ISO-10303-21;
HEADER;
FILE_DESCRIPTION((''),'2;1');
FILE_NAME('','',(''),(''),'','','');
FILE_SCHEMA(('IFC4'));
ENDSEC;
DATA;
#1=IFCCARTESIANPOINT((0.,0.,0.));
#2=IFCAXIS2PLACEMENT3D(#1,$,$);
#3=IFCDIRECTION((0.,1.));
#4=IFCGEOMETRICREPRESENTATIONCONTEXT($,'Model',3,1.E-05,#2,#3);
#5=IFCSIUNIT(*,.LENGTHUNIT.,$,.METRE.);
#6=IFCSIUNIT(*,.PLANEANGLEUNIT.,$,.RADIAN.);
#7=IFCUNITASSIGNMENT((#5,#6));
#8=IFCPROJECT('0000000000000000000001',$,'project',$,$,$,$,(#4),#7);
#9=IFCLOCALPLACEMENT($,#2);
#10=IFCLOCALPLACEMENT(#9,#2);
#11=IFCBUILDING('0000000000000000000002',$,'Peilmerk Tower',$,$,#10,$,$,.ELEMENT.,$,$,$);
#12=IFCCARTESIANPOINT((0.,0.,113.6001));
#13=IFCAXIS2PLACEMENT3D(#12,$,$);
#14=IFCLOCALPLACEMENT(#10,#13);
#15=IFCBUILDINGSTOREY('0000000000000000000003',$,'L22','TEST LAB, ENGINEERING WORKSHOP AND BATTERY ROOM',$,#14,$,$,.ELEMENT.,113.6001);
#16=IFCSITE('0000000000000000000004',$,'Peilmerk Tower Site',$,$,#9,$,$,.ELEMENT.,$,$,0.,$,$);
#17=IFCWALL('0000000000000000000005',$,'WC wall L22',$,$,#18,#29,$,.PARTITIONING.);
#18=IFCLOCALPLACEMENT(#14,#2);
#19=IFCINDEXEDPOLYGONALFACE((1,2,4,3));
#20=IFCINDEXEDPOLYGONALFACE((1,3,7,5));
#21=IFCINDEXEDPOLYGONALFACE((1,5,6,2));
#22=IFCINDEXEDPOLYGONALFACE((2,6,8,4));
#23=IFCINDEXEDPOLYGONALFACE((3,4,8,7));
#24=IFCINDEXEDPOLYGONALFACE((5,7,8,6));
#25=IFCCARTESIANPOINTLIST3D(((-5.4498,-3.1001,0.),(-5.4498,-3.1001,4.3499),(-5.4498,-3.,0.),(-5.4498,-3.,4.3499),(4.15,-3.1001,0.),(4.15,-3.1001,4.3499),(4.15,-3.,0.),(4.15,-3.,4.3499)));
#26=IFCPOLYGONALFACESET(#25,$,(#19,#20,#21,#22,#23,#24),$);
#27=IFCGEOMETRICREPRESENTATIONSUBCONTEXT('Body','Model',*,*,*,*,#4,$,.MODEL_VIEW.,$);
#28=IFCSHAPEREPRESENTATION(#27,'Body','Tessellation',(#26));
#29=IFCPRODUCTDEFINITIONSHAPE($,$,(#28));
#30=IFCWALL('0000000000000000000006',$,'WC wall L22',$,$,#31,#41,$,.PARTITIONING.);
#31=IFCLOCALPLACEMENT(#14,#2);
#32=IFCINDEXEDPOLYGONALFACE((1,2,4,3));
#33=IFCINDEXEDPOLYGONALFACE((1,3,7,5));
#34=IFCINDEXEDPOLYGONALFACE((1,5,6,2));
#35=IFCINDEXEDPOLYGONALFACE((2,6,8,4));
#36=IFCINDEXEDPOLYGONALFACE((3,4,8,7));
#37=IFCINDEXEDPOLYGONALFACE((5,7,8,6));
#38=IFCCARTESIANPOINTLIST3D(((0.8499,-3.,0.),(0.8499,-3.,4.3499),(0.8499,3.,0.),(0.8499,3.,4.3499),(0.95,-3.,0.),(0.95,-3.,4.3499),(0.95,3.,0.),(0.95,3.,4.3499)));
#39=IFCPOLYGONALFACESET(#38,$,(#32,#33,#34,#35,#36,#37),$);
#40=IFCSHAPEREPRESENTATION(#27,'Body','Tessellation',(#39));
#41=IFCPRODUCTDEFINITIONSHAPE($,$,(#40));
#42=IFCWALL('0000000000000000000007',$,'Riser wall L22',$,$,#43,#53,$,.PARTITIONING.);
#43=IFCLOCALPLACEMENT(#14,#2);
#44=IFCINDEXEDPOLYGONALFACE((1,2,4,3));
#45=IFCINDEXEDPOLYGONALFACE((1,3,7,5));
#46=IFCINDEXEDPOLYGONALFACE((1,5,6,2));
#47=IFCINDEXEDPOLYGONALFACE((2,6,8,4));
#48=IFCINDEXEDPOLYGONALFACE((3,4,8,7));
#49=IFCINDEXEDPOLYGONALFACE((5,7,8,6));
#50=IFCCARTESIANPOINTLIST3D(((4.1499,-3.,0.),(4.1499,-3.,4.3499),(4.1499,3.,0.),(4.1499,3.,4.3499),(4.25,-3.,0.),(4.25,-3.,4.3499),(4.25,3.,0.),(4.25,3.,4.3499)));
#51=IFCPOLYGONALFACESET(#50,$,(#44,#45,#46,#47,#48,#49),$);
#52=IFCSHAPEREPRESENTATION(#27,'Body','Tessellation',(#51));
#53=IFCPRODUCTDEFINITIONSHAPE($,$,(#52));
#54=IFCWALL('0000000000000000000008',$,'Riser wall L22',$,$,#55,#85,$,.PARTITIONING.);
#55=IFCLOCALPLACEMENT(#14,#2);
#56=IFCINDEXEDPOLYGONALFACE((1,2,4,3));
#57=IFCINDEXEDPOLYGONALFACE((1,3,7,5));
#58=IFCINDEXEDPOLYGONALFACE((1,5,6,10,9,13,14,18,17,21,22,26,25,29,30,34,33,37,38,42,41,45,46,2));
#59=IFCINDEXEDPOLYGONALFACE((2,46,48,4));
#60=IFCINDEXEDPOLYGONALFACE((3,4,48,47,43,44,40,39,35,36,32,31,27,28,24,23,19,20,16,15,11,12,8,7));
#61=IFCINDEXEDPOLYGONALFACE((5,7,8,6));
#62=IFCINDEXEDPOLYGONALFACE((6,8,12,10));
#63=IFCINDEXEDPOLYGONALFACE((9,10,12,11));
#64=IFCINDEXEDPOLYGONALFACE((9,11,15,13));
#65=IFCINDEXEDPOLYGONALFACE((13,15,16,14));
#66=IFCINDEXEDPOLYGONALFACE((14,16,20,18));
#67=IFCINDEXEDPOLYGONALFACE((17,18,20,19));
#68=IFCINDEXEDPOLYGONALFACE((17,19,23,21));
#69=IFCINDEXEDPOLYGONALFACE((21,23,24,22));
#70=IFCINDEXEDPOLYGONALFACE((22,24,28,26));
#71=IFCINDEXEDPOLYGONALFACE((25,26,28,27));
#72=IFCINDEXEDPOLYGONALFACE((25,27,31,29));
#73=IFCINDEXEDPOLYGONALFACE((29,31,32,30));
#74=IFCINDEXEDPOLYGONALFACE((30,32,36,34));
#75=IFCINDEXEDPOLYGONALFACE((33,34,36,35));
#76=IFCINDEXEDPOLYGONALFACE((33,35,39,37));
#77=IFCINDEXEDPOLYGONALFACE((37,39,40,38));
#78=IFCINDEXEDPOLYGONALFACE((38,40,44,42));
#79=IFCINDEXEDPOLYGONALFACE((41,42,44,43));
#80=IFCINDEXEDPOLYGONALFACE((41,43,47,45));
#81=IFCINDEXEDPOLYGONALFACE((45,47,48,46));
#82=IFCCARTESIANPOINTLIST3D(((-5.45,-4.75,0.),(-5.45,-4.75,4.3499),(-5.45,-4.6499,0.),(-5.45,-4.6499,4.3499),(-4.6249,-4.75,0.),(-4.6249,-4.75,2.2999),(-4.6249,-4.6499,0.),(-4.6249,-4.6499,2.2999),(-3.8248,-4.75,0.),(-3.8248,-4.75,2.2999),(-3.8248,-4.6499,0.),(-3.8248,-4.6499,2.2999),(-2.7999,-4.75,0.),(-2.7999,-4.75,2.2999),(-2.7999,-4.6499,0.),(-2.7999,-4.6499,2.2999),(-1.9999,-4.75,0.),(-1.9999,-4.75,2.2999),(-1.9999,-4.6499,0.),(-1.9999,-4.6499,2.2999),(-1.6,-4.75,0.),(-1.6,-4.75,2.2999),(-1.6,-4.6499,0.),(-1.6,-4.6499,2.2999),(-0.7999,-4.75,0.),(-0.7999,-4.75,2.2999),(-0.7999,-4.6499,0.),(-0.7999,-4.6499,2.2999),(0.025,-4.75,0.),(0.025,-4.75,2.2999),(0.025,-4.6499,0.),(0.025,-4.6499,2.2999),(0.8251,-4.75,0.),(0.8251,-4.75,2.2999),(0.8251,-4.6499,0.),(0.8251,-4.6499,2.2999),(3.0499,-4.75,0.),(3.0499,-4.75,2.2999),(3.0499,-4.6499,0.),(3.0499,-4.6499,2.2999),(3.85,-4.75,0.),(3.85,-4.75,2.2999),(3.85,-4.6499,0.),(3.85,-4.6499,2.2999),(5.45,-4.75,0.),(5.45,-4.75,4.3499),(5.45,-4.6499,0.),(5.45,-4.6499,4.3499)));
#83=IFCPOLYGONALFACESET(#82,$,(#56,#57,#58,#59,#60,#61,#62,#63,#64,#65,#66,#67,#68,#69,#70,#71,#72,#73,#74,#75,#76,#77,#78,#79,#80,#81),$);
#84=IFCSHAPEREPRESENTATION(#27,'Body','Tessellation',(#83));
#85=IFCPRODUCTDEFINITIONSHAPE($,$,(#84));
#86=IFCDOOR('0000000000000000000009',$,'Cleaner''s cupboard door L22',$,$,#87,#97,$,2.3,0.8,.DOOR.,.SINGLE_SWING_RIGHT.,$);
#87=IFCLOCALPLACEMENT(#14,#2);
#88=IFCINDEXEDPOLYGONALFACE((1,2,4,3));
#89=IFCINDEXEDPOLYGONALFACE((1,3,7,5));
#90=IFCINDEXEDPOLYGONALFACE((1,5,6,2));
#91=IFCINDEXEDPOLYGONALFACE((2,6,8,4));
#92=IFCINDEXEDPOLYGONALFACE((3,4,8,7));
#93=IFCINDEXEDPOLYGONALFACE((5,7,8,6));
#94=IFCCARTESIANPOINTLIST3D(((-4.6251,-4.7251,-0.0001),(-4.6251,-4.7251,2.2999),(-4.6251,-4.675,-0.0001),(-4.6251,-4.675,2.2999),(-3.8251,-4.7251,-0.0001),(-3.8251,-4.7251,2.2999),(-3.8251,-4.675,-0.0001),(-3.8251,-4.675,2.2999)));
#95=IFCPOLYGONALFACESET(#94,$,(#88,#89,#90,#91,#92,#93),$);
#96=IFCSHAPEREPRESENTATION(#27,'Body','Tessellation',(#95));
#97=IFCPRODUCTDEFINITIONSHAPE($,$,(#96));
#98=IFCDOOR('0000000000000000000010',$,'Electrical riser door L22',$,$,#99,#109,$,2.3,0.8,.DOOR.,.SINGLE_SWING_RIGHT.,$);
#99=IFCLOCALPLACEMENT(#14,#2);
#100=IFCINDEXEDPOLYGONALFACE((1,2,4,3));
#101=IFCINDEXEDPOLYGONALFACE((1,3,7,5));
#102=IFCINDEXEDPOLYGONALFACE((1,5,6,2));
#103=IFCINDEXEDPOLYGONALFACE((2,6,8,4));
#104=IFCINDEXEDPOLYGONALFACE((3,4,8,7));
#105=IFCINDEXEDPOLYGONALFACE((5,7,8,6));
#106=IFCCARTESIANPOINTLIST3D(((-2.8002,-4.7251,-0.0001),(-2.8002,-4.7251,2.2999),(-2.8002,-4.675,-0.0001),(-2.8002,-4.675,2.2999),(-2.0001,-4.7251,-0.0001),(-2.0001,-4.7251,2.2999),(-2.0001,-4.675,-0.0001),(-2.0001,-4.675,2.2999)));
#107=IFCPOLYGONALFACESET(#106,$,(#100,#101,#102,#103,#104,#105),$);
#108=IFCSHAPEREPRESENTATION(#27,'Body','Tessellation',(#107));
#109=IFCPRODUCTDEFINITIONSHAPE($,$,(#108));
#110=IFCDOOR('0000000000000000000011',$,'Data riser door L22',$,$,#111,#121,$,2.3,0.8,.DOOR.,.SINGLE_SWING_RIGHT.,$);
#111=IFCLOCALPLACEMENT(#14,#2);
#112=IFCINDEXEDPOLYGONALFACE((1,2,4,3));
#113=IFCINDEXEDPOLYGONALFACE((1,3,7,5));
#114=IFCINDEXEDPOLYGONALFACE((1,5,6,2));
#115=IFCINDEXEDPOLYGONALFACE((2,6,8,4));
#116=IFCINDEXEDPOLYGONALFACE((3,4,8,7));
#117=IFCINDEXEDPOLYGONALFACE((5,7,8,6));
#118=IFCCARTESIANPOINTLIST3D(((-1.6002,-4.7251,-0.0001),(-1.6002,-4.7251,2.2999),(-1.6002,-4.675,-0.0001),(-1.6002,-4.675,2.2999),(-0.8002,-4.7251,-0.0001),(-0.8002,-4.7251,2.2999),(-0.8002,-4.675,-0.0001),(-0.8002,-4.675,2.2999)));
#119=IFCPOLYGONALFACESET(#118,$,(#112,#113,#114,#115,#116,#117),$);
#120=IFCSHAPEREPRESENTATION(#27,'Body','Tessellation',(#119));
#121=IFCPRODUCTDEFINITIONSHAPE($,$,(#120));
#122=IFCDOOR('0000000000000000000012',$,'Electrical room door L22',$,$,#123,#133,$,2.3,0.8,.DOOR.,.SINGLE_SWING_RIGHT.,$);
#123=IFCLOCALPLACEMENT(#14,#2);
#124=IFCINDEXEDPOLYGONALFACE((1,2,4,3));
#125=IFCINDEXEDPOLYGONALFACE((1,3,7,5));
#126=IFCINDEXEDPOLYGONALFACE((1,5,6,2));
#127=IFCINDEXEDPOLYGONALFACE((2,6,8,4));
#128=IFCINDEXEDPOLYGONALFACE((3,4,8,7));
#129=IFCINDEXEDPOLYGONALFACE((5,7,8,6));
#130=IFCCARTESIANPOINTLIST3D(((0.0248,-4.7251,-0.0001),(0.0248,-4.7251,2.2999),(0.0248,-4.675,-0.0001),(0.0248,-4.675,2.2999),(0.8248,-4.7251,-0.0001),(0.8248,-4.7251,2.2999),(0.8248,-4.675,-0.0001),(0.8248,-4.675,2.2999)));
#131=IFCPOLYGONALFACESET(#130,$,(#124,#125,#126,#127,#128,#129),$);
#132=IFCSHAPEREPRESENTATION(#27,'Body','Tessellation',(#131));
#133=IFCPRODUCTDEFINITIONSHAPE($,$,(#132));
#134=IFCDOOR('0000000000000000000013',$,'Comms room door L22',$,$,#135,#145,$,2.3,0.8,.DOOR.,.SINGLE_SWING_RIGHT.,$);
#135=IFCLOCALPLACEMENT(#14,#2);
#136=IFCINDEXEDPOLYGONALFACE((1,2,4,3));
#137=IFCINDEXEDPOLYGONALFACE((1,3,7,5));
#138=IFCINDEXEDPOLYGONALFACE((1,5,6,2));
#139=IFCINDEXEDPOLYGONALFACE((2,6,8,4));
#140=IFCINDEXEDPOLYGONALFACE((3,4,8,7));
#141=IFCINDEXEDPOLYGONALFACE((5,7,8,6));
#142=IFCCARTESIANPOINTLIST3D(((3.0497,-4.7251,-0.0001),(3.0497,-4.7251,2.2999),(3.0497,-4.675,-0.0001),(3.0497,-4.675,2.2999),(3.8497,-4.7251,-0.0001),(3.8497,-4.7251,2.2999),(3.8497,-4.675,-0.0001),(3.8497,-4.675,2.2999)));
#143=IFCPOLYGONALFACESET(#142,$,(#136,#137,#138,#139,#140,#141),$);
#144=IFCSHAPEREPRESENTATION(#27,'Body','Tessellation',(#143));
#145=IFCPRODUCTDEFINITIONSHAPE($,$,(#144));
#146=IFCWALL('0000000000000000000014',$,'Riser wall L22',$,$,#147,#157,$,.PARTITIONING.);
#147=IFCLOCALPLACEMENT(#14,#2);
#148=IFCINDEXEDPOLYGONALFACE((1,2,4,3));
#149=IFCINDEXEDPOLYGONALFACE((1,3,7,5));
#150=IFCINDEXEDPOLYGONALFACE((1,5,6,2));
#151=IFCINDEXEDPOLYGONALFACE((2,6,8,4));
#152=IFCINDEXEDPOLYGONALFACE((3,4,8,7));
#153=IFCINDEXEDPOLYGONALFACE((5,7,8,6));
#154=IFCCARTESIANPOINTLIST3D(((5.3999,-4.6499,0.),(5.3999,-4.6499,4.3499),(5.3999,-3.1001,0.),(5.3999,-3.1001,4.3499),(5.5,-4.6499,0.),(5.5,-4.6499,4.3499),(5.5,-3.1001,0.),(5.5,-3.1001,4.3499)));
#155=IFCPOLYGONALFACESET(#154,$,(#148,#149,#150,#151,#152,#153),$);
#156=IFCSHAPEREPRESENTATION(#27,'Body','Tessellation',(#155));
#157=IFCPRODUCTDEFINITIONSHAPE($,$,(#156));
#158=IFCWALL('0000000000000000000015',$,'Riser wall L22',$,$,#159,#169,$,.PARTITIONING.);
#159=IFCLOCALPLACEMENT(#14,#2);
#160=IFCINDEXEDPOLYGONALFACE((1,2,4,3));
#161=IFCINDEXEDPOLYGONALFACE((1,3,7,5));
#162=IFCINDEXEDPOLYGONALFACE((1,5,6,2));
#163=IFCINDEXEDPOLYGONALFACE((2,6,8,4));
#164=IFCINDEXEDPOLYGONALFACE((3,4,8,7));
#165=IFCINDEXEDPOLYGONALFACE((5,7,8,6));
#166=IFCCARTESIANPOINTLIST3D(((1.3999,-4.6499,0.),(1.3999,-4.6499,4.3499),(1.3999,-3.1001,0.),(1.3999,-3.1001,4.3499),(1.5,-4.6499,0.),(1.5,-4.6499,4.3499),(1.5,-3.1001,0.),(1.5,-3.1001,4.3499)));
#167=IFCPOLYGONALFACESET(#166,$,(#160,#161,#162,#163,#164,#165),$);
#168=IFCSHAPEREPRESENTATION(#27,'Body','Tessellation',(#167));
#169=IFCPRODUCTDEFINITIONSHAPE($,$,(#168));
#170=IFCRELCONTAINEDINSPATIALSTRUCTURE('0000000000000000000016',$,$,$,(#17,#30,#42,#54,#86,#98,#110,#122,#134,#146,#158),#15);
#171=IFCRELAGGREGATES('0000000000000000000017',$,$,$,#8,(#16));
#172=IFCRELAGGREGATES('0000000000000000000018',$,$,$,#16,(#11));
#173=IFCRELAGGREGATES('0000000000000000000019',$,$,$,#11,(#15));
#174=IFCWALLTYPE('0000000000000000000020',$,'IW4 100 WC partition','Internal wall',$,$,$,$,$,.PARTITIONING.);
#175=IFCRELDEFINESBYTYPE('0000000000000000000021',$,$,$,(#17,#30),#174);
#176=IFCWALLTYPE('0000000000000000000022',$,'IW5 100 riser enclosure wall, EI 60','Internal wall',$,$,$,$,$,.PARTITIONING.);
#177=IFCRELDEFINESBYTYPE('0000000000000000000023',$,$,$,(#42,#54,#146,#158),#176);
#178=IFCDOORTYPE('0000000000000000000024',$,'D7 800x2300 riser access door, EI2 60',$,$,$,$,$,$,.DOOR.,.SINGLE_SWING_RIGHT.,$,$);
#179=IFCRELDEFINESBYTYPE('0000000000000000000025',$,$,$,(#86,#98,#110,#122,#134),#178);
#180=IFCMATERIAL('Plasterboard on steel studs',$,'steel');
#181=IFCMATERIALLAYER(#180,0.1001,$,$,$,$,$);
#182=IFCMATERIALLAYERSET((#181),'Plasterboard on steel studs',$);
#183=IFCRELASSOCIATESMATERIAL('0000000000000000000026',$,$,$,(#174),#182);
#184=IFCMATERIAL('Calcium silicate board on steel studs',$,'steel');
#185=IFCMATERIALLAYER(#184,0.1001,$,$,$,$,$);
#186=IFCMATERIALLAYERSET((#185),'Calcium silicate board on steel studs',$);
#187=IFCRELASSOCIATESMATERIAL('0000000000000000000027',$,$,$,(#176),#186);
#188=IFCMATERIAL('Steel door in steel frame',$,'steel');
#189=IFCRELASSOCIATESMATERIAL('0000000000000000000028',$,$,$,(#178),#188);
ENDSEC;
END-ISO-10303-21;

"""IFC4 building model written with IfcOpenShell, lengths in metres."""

from ifc_helpers import new_model, si_unit, direction, frame, frame_2d, origin, place, context, subcontext, project, spatial, rectangle, extrude, material, layer, layer_set, type_object, element, fill, save


model = new_model("IFC4")

# Units and contexts
model_context = context("Model", 3, precision=1e-05, world=origin(), true_north=direction((0.0, 1.0)))
body_context = subcontext(model_context, "Body", "Model", "MODEL_VIEW")
ifc_project = project(units=[si_unit("LENGTHUNIT", "METRE"), si_unit("PLANEANGLEUNIT", "RADIAN")], contexts=[model_context])

# Site, building, storey
site_placement = place(None, origin())
site = spatial("IfcSite", under=ifc_project, at=site_placement, Name="Peilmerk Tower Site", CompositionType="ELEMENT", RefElevation=0.0)
building_placement = place(site_placement, origin())
building = spatial("IfcBuilding", under=site, at=building_placement, Name="Peilmerk Tower", CompositionType="ELEMENT")
storey_placement = place(building_placement, frame((0.0, 0.0, 113.6001)))
storey = spatial("IfcBuildingStorey", under=building, at=storey_placement, Name="L22", Description="TEST LAB, ENGINEERING WORKSHOP AND BATTERY ROOM", CompositionType="ELEMENT", Elevation=113.6001)

# Walls
ifc_material_1 = material(Name="Plasterboard on steel studs", Category="steel")
ifc_layer_1 = layer(ifc_material_1, 0.1001)
ifc_layer_set_1 = layer_set([ifc_layer_1], Name="Plasterboard on steel studs")
wall_type_1 = type_object("IfcWallType", Name="IW4 100 WC partition", Description="Internal wall", PredefinedType="PARTITIONING", material=ifc_layer_set_1)
wall_1_placement = place(storey_placement, frame((4.1499, -3.05, 0.0), z_axis=(0.0, 0.0, 1.0), x_axis=(-1.0, 0.0, 0.0)))
element("IfcWall", 1, at=wall_1_placement, inside=storey, type_object=wall_type_1, Name="WC wall L22", PredefinedType="PARTITIONING", context=body_context, shape_type="SweptSolid", body=[
    extrude(rectangle(XDim=9.5999, YDim=0.1001, at=frame_2d((4.7998, 0.0))), origin(), (0.0, 0.0, 1.0), 4.3499),
])
wall_2_placement = place(storey_placement, frame((0.8999, -3.0, 0.0), z_axis=(0.0, 0.0, 1.0), x_axis=(0.0, 1.0, 0.0)))
element("IfcWall", 2, at=wall_2_placement, inside=storey, type_object=wall_type_1, Name="WC wall L22", PredefinedType="PARTITIONING", context=body_context, shape_type="SweptSolid", body=[
    extrude(rectangle(XDim=6.0, YDim=0.1001, at=frame_2d((3.0, 0.0))), origin(), (0.0, 0.0, 1.0), 4.3499),
])
ifc_material_2 = material(Name="Calcium silicate board on steel studs", Category="steel")
ifc_layer_2 = layer(ifc_material_2, 0.1001)
ifc_layer_set_2 = layer_set([ifc_layer_2], Name="Calcium silicate board on steel studs")
wall_type_2 = type_object("IfcWallType", Name="IW5 100 riser enclosure wall, EI 60", Description="Internal wall", PredefinedType="PARTITIONING", material=ifc_layer_set_2)
wall_3_placement = place(storey_placement, frame((4.2, -3.0, 0.0), z_axis=(0.0, 0.0, 1.0), x_axis=(0.0, 1.0, 0.0)))
element("IfcWall", 3, at=wall_3_placement, inside=storey, type_object=wall_type_2, Name="Riser wall L22", PredefinedType="PARTITIONING", context=body_context, shape_type="SweptSolid", body=[
    extrude(rectangle(XDim=6.0, YDim=0.1001, at=frame_2d((3.0, 0.0))), origin(), (0.0, 0.0, 1.0), 4.3499),
])

# Wall, openings, doors
wall_4_placement = place(storey_placement, frame((5.45, -4.7, 0.0), z_axis=(0.0, 0.0, 1.0), x_axis=(-1.0, 0.0, 0.0)))
wall_4 = element("IfcWall", 4, at=wall_4_placement, inside=storey, type_object=wall_type_2, Name="Riser wall L22", PredefinedType="PARTITIONING", context=body_context, shape_type="SweptSolid", body=[
    extrude(rectangle(XDim=10.8999, YDim=0.1001, at=frame_2d((5.45, 0.0))), origin(), (0.0, 0.0, 1.0), 4.3499),
])
opening_1_placement = place(wall_4_placement, frame((9.2749, 0.0, 0.0)))
opening_1 = element("IfcOpeningElement", 5, at=opening_1_placement, cuts=wall_4, PredefinedType="OPENING", context=body_context, shape_type="SweptSolid", body=[
    extrude(rectangle(XDim=0.8, YDim=2.3, at=frame_2d((0.3999, 1.1499))), frame((0.0, 0.0601, 0.0), z_axis=(0.0, -1.0, 0.0), x_axis=(1.0, 0.0, 0.0)), (0.0, 0.0, 1.0), 0.1201),
])
opening_2_placement = place(wall_4_placement, frame((7.45, 0.0, 0.0)))
opening_2 = element("IfcOpeningElement", 6, at=opening_2_placement, cuts=wall_4, PredefinedType="OPENING", context=body_context, shape_type="SweptSolid", body=[
    extrude(rectangle(XDim=0.8, YDim=2.3, at=frame_2d((0.3999, 1.1499))), frame((0.0, 0.0601, 0.0), z_axis=(0.0, -1.0, 0.0), x_axis=(1.0, 0.0, 0.0)), (0.0, 0.0, 1.0), 0.1201),
])
opening_3_placement = place(wall_4_placement, frame((6.25, 0.0, 0.0)))
opening_3 = element("IfcOpeningElement", 7, at=opening_3_placement, cuts=wall_4, PredefinedType="OPENING", context=body_context, shape_type="SweptSolid", body=[
    extrude(rectangle(XDim=0.8, YDim=2.3, at=frame_2d((0.3999, 1.1499))), frame((0.0, 0.0601, 0.0), z_axis=(0.0, -1.0, 0.0), x_axis=(1.0, 0.0, 0.0)), (0.0, 0.0, 1.0), 0.1201),
])
opening_4_placement = place(wall_4_placement, frame((4.625, 0.0, 0.0)))
opening_4 = element("IfcOpeningElement", 8, at=opening_4_placement, cuts=wall_4, PredefinedType="OPENING", context=body_context, shape_type="SweptSolid", body=[
    extrude(rectangle(XDim=0.8, YDim=2.3, at=frame_2d((0.3999, 1.1499))), frame((0.0, 0.0601, 0.0), z_axis=(0.0, -1.0, 0.0), x_axis=(1.0, 0.0, 0.0)), (0.0, 0.0, 1.0), 0.1201),
])
opening_5_placement = place(wall_4_placement, frame((1.6001, 0.0, 0.0)))
opening_5 = element("IfcOpeningElement", 9, at=opening_5_placement, cuts=wall_4, PredefinedType="OPENING", context=body_context, shape_type="SweptSolid", body=[
    extrude(rectangle(XDim=0.8, YDim=2.3, at=frame_2d((0.3999, 1.1499))), frame((0.0, 0.0601, 0.0), z_axis=(0.0, -1.0, 0.0), x_axis=(1.0, 0.0, 0.0)), (0.0, 0.0, 1.0), 0.1201),
])
ifc_material_3 = material(Name="Steel door in steel frame", Category="steel")
door_type_1 = type_object("IfcDoorType", Name="D7 800x2300 riser access door, EI2 60", OperationType="SINGLE_SWING_RIGHT", PredefinedType="DOOR", material=ifc_material_3)
door_1_placement = place(opening_1_placement, frame((0.8, 0.0, 0.0), z_axis=(0.0, 0.0, 1.0), x_axis=(-1.0, 0.0, 0.0)))
door_1 = element("IfcDoor", 10, at=door_1_placement, inside=storey, type_object=door_type_1, Name="Cleaner's cupboard door L22", OperationType="SINGLE_SWING_RIGHT", OverallHeight=2.3, OverallWidth=0.8, PredefinedType="DOOR", context=body_context, shape_type="SweptSolid", body=[
    extrude(rectangle(XDim=0.8, YDim=2.3, at=frame_2d((0.3999, 1.1499))), frame((0.0, 0.0249, 0.0), z_axis=(0.0, -1.0, 0.0), x_axis=(1.0, 0.0, 0.0)), (0.0, 0.0, 1.0), 0.05),
])
fill(opening_1, door_1)
door_2_placement = place(opening_2_placement, frame((0.8, 0.0, 0.0), z_axis=(0.0, 0.0, 1.0), x_axis=(-1.0, 0.0, 0.0)))
door_2 = element("IfcDoor", 11, at=door_2_placement, inside=storey, type_object=door_type_1, Name="Electrical riser door L22", OperationType="SINGLE_SWING_RIGHT", OverallHeight=2.3, OverallWidth=0.8, PredefinedType="DOOR", context=body_context, shape_type="SweptSolid", body=[
    extrude(rectangle(XDim=0.8, YDim=2.3, at=frame_2d((0.3999, 1.1499))), frame((0.0, 0.0249, 0.0), z_axis=(0.0, -1.0, 0.0), x_axis=(1.0, 0.0, 0.0)), (0.0, 0.0, 1.0), 0.05),
])
fill(opening_2, door_2)
door_3_placement = place(opening_3_placement, frame((0.8, 0.0, 0.0), z_axis=(0.0, 0.0, 1.0), x_axis=(-1.0, 0.0, 0.0)))
door_3 = element("IfcDoor", 12, at=door_3_placement, inside=storey, type_object=door_type_1, Name="Data riser door L22", OperationType="SINGLE_SWING_RIGHT", OverallHeight=2.3, OverallWidth=0.8, PredefinedType="DOOR", context=body_context, shape_type="SweptSolid", body=[
    extrude(rectangle(XDim=0.8, YDim=2.3, at=frame_2d((0.3999, 1.1499))), frame((0.0, 0.0249, 0.0), z_axis=(0.0, -1.0, 0.0), x_axis=(1.0, 0.0, 0.0)), (0.0, 0.0, 1.0), 0.05),
])
fill(opening_3, door_3)
door_4_placement = place(opening_4_placement, frame((0.8, 0.0, 0.0), z_axis=(0.0, 0.0, 1.0), x_axis=(-1.0, 0.0, 0.0)))
door_4 = element("IfcDoor", 13, at=door_4_placement, inside=storey, type_object=door_type_1, Name="Electrical room door L22", OperationType="SINGLE_SWING_RIGHT", OverallHeight=2.3, OverallWidth=0.8, PredefinedType="DOOR", context=body_context, shape_type="SweptSolid", body=[
    extrude(rectangle(XDim=0.8, YDim=2.3, at=frame_2d((0.3999, 1.1499))), frame((0.0, 0.0249, 0.0), z_axis=(0.0, -1.0, 0.0), x_axis=(1.0, 0.0, 0.0)), (0.0, 0.0, 1.0), 0.05),
])
fill(opening_4, door_4)
door_5_placement = place(opening_5_placement, frame((0.8, 0.0, 0.0), z_axis=(0.0, 0.0, 1.0), x_axis=(-1.0, 0.0, 0.0)))
door_5 = element("IfcDoor", 14, at=door_5_placement, inside=storey, type_object=door_type_1, Name="Comms room door L22", OperationType="SINGLE_SWING_RIGHT", OverallHeight=2.3, OverallWidth=0.8, PredefinedType="DOOR", context=body_context, shape_type="SweptSolid", body=[
    extrude(rectangle(XDim=0.8, YDim=2.3, at=frame_2d((0.3999, 1.1499))), frame((0.0, 0.0249, 0.0), z_axis=(0.0, -1.0, 0.0), x_axis=(1.0, 0.0, 0.0)), (0.0, 0.0, 1.0), 0.05),
])
fill(opening_5, door_5)

# Walls
for number, where, z_axis, x_axis, name in (
    (15, (5.45, -3.1001, 0.0), (0.0, 0.0, 1.0), (0.0, -1.0, 0.0), "Riser wall L22"),
    (16, (1.45, -3.1001, 0.0), (0.0, 0.0, 1.0), (0.0, -1.0, 0.0), "Riser wall L22"),
):
    element("IfcWall", number, at=place(storey_placement, frame(where, z_axis=z_axis, x_axis=x_axis)), inside=storey, type_object=wall_type_2, Name=name, PredefinedType="PARTITIONING", context=body_context, shape_type="SweptSolid", body=[
        extrude(rectangle(XDim=1.5498, YDim=0.1001, at=frame_2d((0.7749, 0.0))), origin(), (0.0, 0.0, 1.0), 4.3499),
    ])

save(model, "model.ifc")
